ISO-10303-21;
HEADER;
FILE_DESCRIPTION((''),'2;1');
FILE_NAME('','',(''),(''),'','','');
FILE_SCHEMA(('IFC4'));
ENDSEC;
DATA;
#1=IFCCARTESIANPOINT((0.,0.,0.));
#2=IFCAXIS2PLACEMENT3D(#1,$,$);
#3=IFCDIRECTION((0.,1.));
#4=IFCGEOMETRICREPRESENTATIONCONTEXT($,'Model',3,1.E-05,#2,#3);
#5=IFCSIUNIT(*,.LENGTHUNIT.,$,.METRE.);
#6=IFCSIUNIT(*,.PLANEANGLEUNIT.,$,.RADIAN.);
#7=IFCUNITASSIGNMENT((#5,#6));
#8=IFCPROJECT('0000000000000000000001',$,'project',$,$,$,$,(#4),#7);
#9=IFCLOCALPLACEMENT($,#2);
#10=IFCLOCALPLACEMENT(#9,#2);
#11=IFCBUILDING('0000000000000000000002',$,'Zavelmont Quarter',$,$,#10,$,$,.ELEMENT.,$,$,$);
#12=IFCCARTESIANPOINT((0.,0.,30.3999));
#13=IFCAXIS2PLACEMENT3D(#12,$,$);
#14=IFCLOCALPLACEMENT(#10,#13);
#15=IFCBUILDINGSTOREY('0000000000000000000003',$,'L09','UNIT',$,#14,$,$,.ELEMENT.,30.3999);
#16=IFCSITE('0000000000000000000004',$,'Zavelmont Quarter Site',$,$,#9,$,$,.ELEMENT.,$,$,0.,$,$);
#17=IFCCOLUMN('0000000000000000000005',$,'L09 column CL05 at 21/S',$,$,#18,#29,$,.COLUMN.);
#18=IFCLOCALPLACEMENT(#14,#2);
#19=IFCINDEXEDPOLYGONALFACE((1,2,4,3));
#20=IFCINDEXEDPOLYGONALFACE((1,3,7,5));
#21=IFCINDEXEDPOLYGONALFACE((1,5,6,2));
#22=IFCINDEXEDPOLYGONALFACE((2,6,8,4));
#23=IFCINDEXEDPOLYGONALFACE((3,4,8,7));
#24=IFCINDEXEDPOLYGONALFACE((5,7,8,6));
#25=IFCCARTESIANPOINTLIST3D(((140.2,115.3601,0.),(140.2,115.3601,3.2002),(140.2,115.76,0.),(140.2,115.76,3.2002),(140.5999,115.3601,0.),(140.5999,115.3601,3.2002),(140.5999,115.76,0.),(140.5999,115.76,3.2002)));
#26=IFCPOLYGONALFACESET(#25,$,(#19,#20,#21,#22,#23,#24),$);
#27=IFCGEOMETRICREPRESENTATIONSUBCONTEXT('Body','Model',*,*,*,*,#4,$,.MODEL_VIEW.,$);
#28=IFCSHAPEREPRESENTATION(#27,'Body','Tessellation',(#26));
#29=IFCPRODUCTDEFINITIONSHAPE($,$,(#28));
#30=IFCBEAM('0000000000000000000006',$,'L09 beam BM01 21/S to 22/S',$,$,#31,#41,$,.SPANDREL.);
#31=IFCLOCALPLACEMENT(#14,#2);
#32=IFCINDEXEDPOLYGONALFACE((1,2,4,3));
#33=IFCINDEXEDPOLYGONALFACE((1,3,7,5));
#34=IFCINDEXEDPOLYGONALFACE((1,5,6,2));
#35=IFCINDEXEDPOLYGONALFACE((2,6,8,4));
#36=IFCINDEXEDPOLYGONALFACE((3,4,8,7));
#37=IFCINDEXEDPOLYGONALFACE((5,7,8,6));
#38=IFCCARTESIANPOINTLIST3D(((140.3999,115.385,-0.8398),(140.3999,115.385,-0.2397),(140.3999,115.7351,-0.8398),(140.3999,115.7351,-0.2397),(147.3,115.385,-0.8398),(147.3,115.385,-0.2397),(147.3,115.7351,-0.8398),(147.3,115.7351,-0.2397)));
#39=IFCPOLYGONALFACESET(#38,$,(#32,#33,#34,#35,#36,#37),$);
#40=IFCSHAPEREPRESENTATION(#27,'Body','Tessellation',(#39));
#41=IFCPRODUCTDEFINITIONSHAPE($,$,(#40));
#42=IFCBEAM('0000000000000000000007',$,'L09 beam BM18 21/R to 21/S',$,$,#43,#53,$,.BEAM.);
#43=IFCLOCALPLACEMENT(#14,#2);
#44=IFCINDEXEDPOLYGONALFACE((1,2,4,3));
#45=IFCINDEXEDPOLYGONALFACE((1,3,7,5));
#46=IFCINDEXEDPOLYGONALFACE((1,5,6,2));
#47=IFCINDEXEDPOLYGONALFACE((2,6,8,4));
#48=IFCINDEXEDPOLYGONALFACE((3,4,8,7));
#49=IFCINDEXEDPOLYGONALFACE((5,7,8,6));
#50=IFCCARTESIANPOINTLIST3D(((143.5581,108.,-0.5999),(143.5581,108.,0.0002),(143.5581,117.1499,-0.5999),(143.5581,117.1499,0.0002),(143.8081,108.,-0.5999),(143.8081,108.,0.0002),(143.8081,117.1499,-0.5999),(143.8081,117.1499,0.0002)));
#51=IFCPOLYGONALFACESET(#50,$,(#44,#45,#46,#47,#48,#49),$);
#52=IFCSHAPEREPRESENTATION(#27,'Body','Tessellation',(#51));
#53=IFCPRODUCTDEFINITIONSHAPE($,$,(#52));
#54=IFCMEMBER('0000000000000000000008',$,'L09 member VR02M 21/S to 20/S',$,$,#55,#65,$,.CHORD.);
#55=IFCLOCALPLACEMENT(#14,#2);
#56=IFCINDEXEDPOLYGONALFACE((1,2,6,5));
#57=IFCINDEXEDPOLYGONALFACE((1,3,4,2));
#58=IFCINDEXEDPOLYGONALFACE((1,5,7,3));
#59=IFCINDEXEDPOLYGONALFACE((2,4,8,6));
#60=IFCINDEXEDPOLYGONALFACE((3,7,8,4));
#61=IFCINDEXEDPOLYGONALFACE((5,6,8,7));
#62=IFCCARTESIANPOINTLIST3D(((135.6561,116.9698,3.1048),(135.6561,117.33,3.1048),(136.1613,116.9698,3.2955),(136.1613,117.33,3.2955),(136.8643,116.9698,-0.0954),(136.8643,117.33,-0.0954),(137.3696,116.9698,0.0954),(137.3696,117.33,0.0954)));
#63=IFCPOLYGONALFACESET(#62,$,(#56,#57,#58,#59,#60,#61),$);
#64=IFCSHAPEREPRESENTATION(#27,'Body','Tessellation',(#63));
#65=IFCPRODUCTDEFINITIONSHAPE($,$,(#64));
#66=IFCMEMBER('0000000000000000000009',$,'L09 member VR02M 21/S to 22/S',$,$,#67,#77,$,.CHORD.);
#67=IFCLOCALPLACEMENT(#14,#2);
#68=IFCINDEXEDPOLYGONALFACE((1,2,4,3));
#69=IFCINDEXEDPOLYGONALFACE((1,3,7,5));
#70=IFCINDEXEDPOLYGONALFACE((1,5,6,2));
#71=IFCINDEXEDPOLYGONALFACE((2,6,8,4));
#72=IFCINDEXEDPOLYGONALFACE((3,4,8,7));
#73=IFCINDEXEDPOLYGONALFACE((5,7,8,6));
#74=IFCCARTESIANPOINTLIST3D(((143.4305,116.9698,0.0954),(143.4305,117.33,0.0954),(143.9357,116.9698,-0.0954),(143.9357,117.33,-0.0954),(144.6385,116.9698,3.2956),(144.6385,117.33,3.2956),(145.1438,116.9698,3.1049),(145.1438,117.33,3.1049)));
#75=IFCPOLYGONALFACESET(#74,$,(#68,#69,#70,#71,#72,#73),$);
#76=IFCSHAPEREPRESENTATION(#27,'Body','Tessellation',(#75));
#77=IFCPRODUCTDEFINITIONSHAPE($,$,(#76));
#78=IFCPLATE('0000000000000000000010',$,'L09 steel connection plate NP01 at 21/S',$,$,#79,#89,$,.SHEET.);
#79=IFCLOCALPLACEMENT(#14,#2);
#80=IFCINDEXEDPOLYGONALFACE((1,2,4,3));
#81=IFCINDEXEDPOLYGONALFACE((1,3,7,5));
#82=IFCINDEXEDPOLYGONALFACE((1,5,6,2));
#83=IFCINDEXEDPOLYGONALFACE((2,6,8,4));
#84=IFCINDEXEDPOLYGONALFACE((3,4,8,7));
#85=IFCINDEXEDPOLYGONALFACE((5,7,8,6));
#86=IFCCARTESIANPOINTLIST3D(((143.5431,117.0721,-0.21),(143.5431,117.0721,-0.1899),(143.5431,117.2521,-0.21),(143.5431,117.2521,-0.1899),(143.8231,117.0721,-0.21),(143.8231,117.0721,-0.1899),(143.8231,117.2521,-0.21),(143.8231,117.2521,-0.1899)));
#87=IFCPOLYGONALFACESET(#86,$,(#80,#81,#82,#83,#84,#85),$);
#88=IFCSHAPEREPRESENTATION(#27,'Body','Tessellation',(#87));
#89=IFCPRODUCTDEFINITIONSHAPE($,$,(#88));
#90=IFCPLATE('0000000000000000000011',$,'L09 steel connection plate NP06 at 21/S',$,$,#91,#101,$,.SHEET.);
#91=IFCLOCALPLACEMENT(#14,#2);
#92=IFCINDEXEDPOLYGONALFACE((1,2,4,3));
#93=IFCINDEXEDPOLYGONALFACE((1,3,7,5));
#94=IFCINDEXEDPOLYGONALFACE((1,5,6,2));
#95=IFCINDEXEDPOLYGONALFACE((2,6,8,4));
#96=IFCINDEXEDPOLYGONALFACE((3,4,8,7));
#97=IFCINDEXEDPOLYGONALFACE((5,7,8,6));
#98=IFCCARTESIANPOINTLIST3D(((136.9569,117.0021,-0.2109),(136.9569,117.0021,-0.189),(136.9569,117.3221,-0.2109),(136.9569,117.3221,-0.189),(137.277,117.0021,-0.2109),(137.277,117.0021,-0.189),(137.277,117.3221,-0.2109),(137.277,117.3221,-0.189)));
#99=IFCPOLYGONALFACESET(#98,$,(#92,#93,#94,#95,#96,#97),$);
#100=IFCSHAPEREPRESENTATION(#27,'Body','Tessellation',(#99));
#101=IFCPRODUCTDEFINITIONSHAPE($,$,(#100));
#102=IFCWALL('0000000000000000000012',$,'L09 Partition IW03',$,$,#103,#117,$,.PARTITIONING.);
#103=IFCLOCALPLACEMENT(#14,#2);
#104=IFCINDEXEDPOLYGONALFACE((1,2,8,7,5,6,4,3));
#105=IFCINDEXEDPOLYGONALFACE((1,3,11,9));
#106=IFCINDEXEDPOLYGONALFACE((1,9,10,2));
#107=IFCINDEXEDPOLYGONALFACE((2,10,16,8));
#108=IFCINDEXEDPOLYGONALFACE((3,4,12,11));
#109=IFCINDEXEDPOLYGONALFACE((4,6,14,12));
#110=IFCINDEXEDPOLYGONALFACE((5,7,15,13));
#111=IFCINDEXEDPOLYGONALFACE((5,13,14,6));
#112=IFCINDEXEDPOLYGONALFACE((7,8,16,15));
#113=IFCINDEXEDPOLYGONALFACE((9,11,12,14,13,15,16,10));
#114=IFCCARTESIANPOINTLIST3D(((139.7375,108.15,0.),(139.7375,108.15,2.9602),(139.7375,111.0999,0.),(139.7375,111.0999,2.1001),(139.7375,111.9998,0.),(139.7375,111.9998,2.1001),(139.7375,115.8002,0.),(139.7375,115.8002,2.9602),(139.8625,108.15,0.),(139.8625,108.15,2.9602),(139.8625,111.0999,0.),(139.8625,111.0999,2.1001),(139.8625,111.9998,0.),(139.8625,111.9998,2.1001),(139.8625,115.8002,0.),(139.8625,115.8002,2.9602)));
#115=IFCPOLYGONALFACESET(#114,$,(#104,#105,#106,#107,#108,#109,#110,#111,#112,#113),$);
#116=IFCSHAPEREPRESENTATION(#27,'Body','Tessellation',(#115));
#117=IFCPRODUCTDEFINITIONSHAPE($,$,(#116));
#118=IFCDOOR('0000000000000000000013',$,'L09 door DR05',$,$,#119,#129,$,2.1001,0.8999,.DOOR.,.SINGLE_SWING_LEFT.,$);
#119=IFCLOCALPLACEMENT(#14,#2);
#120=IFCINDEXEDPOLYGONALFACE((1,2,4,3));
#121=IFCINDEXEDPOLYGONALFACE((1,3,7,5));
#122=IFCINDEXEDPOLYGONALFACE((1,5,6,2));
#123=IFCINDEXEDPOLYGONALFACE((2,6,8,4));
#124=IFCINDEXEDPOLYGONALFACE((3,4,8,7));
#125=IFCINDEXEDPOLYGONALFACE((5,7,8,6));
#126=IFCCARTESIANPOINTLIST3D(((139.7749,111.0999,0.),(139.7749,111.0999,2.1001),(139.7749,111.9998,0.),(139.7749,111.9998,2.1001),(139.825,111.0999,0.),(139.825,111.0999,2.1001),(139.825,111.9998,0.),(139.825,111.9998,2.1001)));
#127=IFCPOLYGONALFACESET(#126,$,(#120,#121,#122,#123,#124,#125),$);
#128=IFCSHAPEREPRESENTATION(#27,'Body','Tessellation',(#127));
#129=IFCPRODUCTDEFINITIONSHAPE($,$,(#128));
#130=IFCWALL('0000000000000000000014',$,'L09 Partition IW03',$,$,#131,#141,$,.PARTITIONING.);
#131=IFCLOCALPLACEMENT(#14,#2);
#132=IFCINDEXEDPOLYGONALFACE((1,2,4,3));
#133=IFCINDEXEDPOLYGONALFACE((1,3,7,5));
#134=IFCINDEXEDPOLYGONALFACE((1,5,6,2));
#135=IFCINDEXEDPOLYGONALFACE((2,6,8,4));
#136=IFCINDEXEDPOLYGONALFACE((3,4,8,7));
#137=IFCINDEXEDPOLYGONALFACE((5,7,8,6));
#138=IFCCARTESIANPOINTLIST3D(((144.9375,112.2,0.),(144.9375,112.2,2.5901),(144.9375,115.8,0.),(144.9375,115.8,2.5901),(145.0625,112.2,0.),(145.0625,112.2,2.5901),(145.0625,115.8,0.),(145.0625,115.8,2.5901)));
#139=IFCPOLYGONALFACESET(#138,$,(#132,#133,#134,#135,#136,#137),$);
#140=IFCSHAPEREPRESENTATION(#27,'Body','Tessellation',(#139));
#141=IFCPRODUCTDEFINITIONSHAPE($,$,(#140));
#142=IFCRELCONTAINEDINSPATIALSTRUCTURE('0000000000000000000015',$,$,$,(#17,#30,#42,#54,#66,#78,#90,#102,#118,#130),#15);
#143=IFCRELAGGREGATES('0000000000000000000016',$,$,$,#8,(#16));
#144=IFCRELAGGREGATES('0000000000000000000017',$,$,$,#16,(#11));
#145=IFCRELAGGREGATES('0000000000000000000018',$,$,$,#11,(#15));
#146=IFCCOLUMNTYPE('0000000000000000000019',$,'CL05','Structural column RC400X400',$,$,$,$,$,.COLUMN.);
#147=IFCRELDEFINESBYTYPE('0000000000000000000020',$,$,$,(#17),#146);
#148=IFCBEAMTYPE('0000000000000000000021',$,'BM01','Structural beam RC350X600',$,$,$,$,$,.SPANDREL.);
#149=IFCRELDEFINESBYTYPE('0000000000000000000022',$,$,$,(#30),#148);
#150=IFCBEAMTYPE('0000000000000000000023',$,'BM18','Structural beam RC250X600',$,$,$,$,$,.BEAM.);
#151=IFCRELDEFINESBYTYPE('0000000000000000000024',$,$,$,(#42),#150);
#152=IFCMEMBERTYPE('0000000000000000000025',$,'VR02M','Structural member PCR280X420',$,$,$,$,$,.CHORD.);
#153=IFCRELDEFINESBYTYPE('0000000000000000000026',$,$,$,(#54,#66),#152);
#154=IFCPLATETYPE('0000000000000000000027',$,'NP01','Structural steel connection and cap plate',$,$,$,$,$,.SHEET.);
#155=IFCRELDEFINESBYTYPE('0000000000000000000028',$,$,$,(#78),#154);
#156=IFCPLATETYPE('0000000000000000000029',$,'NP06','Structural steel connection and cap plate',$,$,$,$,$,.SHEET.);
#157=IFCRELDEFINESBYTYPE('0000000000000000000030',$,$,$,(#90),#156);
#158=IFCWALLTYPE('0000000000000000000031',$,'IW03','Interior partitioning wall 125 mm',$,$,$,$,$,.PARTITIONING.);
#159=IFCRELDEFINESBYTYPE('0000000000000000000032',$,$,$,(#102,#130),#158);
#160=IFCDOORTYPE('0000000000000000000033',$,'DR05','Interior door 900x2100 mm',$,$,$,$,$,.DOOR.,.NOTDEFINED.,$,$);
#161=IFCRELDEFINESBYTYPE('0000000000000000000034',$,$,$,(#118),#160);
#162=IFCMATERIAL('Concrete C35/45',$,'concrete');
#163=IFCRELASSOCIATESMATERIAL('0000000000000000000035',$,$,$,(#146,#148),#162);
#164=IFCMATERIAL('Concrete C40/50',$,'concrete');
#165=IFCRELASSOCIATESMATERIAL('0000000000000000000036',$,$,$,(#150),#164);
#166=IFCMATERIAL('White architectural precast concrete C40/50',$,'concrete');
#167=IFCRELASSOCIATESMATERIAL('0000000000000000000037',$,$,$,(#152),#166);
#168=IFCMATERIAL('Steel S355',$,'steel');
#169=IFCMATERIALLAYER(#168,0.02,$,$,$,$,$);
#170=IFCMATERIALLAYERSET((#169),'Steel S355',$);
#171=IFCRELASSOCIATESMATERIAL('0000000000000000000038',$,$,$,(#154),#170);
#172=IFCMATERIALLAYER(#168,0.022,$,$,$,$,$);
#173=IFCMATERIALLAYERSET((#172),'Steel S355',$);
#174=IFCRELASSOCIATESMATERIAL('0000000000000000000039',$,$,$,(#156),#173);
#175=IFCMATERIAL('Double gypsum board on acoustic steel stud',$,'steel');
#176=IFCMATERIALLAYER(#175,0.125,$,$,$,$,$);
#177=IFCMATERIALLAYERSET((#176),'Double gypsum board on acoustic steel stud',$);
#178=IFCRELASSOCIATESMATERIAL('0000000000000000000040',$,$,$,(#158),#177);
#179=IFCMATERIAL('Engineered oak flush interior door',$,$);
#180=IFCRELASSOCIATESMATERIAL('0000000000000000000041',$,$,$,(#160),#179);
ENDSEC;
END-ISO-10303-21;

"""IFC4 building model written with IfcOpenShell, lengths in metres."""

from ifc_helpers import new_model, si_unit, direction, frame, frame_2d, origin, origin_2d, place, context, subcontext, project, spatial, rectangle, extrude, material, layer, layer_set, material_profile, profile_set, type_object, element, fill, save


model = new_model("IFC4")

# Units and contexts
model_context = context("Model", 3, precision=1e-05, world=origin(), true_north=direction((0.0, 1.0)))
body_context = subcontext(model_context, "Body", "Model", "MODEL_VIEW")
ifc_project = project(units=[si_unit("LENGTHUNIT", "METRE"), si_unit("PLANEANGLEUNIT", "RADIAN")], contexts=[model_context])

# Site, building, storey
site_placement = place(None, origin())
site = spatial("IfcSite", under=ifc_project, at=site_placement, Name="Zavelmont Quarter Site", CompositionType="ELEMENT", RefElevation=0.0)
building_placement = place(site_placement, origin())
building = spatial("IfcBuilding", under=site, at=building_placement, Name="Zavelmont Quarter", CompositionType="ELEMENT")
storey_placement = place(building_placement, frame((0.0, 0.0, 30.3999)))
storey = spatial("IfcBuildingStorey", under=building, at=storey_placement, Name="L09", Description="UNIT", CompositionType="ELEMENT", Elevation=30.3999)

# Column
ifc_material_1 = material(Name="Concrete C35/45", Category="concrete")
ifc_material_profile_1 = material_profile(ifc_material_1, rectangle(XDim=0.3999, YDim=0.3999, at=origin_2d()), Name="RC400X400")
ifc_profile_set_1 = profile_set([ifc_material_profile_1], Name="Concrete C35/45")
column_type = type_object("IfcColumnType", Name="CL05", Description="Structural column RC400X400", PredefinedType="COLUMN", material=ifc_profile_set_1)
column_placement = place(storey_placement, frame((140.3999, 115.5601, 0.0), z_axis=(0.0, 0.0, 1.0), x_axis=(1.0, 0.0, 0.0)))
element("IfcColumn", 1, at=column_placement, inside=storey, type_object=column_type, Name="L09 column CL05 at 21/S", PredefinedType="COLUMN", context=body_context, shape_type="SweptSolid", body=[
    extrude(rectangle(XDim=0.3999, YDim=0.3999, at=origin_2d()), origin(), (0.0, 0.0, 1.0), 3.2002),
])

# Beams
ifc_material_profile_2 = material_profile(ifc_material_1, rectangle(XDim=0.3501, YDim=0.6001, at=origin_2d()), Name="RC350X600")
ifc_profile_set_2 = profile_set([ifc_material_profile_2], Name="Concrete C35/45")
beam_type_1 = type_object("IfcBeamType", Name="BM01", Description="Structural beam RC350X600", PredefinedType="SPANDREL", material=ifc_profile_set_2)
beam_1_placement = place(storey_placement, frame((140.3999, 115.5601, -0.5398), z_axis=(1.0, 0.0, 0.0), x_axis=(0.0, 1.0, 0.0)))
element("IfcBeam", 2, at=beam_1_placement, inside=storey, type_object=beam_type_1, Name="L09 beam BM01 21/S to 22/S", PredefinedType="SPANDREL", context=body_context, shape_type="SweptSolid", body=[
    extrude(rectangle(XDim=0.3501, YDim=0.6001, at=origin_2d()), origin(), (0.0, 0.0, 1.0), 6.9001),
])
ifc_material_2 = material(Name="Concrete C40/50", Category="concrete")
ifc_material_profile_3 = material_profile(ifc_material_2, rectangle(XDim=0.25, YDim=0.6001, at=origin_2d()), Name="RC250X600")
ifc_profile_set_3 = profile_set([ifc_material_profile_3], Name="Concrete C40/50")
beam_type_2 = type_object("IfcBeamType", Name="BM18", Description="Structural beam RC250X600", PredefinedType="BEAM", material=ifc_profile_set_3)
beam_2_placement = place(storey_placement, frame((143.6831, 108.0, -0.2998), z_axis=(0.0, 1.0, 0.0), x_axis=(-1.0, 0.0, 0.0)))
element("IfcBeam", 3, at=beam_2_placement, inside=storey, type_object=beam_type_2, Name="L09 beam BM18 21/R to 21/S", PredefinedType="BEAM", context=body_context, shape_type="SweptSolid", body=[
    extrude(rectangle(XDim=0.25, YDim=0.6001, at=origin_2d()), origin(), (0.0, 0.0, 1.0), 9.1499),
])

# Members
ifc_material_3 = material(Name="White architectural precast concrete C40/50", Category="concrete")
ifc_material_profile_4 = material_profile(ifc_material_3, rectangle(XDim=0.3601, YDim=0.54, at=origin_2d()), Name="PCR280X420")
ifc_profile_set_4 = profile_set([ifc_material_profile_4], Name="White architectural precast concrete C40/50")
member_type = type_object("IfcMemberType", Name="VR02M", Description="Structural member PCR280X420", PredefinedType="CHORD", material=ifc_profile_set_4)
for number, where, z_axis, x_axis, name in (
    (4, (137.1169, 117.1499, 0.0), (-0.353219, 0.0, 0.935541), (0.0, -1.0, 0.0), "L09 member VR02M 21/S to 20/S"),
    (5, (143.6831, 117.1499, 0.0), (0.353156, 0.0, 0.935564), (0.0, 1.0, 0.0), "L09 member VR02M 21/S to 22/S"),
):
    element("IfcMember", number, at=place(storey_placement, frame(where, z_axis=z_axis, x_axis=x_axis)), inside=storey, type_object=member_type, Name=name, PredefinedType="CHORD", context=body_context, shape_type="SweptSolid", body=[
        extrude(rectangle(XDim=0.3601, YDim=0.54, at=origin_2d()), origin(), (0.0, 0.0, 1.0), 3.4207),
    ])

# Plates
ifc_material_4 = material(Name="Steel S355", Category="steel")
ifc_layer_1 = layer(ifc_material_4, 0.02)
ifc_layer_set_1 = layer_set([ifc_layer_1], Name="Steel S355")
plate_type_1 = type_object("IfcPlateType", Name="NP01", Description="Structural steel connection and cap plate", PredefinedType="SHEET", material=ifc_layer_set_1)
plate_1_placement = place(storey_placement, frame((143.6831, 117.1621, -0.21), z_axis=(0.0, 0.0, 1.0), x_axis=(1.0, 0.0, 0.0)))
element("IfcPlate", 6, at=plate_1_placement, inside=storey, type_object=plate_type_1, Name="L09 steel connection plate NP01 at 21/S", PredefinedType="SHEET", context=body_context, shape_type="SweptSolid", body=[
    extrude(rectangle(XDim=0.28, YDim=0.1799, at=origin_2d()), origin(), (0.0, 0.0, 1.0), 0.02),
])
ifc_layer_2 = layer(ifc_material_4, 0.022)
ifc_layer_set_2 = layer_set([ifc_layer_2], Name="Steel S355")
plate_type_2 = type_object("IfcPlateType", Name="NP06", Description="Structural steel connection and cap plate", PredefinedType="SHEET", material=ifc_layer_set_2)
plate_2_placement = place(storey_placement, frame((137.1169, 117.1621, -0.2109), z_axis=(0.0, 0.0, 1.0), x_axis=(1.0, 0.0, 0.0)))
element("IfcPlate", 7, at=plate_2_placement, inside=storey, type_object=plate_type_2, Name="L09 steel connection plate NP06 at 21/S", PredefinedType="SHEET", context=body_context, shape_type="SweptSolid", body=[
    extrude(rectangle(XDim=0.3201, YDim=0.3201, at=origin_2d()), origin(), (0.0, 0.0, 1.0), 0.022),
])

# Wall, opening, door
ifc_material_5 = material(Name="Double gypsum board on acoustic steel stud", Category="steel")
ifc_layer_3 = layer(ifc_material_5, 0.125)
ifc_layer_set_3 = layer_set([ifc_layer_3], Name="Double gypsum board on acoustic steel stud")
wall_type_1 = type_object("IfcWallType", Name="IW03", Description="Interior partitioning wall 125 mm", PredefinedType="PARTITIONING", material=ifc_layer_set_3)
wall_1_placement = place(storey_placement, frame((139.8, 108.1499, 0.0), z_axis=(0.0, 0.0, 1.0), x_axis=(0.0, 1.0, 0.0)))
wall_1 = element("IfcWall", 8, at=wall_1_placement, inside=storey, type_object=wall_type_1, Name="L09 Partition IW03", PredefinedType="PARTITIONING", context=body_context, shape_type="SweptSolid", body=[
    extrude(rectangle(XDim=7.6501, YDim=0.125, at=frame_2d((3.8252, 0.0))), origin(), (0.0, 0.0, 1.0), 2.9602),
])
opening_1_placement = place(wall_1_placement, frame((2.95, 0.0, 0.0)))
opening_1 = element("IfcOpeningElement", 9, at=opening_1_placement, cuts=wall_1, PredefinedType="OPENING", context=body_context, shape_type="SweptSolid", body=[
    extrude(rectangle(XDim=0.8999, YDim=2.1001, at=frame_2d((0.45, 1.05))), frame((0.0, 0.0745, 0.0), z_axis=(0.0, -1.0, 0.0), x_axis=(1.0, 0.0, 0.0)), (0.0, 0.0, 1.0), 0.1489),
])
ifc_material_6 = material(Name="Engineered oak flush interior door")
door_type_1 = type_object("IfcDoorType", Name="DR05", Description="Interior door 900x2100 mm", OperationType="NOTDEFINED", PredefinedType="DOOR", material=ifc_material_6)
door_1_placement = place(opening_1_placement, frame((0.8999, 0.0, 0.0), z_axis=(0.0, 0.0, 1.0), x_axis=(-1.0, 0.0, 0.0)))
door_1 = element("IfcDoor", 10, at=door_1_placement, inside=storey, type_object=door_type_1, Name="L09 door DR05", OperationType="SINGLE_SWING_LEFT", OverallHeight=2.1001, OverallWidth=0.8999, PredefinedType="DOOR", context=body_context, shape_type="SweptSolid", body=[
    extrude(rectangle(XDim=0.8999, YDim=2.1001, at=frame_2d((0.45, 1.05))), frame((0.0, 0.0249, 0.0), z_axis=(0.0, -1.0, 0.0), x_axis=(1.0, 0.0, 0.0)), (0.0, 0.0, 1.0), 0.05),
])
fill(opening_1, door_1)

# Wall
wall_2_placement = place(storey_placement, frame((145.0, 112.2, 0.0), z_axis=(0.0, 0.0, 1.0), x_axis=(0.0, 1.0, 0.0)))
element("IfcWall", 11, at=wall_2_placement, inside=storey, type_object=wall_type_1, Name="L09 Partition IW03", PredefinedType="PARTITIONING", context=body_context, shape_type="SweptSolid", body=[
    extrude(rectangle(XDim=3.6001, YDim=0.125, at=frame_2d((1.8, 0.0))), origin(), (0.0, 0.0, 1.0), 2.5901),
])

save(model, "model.ifc")
